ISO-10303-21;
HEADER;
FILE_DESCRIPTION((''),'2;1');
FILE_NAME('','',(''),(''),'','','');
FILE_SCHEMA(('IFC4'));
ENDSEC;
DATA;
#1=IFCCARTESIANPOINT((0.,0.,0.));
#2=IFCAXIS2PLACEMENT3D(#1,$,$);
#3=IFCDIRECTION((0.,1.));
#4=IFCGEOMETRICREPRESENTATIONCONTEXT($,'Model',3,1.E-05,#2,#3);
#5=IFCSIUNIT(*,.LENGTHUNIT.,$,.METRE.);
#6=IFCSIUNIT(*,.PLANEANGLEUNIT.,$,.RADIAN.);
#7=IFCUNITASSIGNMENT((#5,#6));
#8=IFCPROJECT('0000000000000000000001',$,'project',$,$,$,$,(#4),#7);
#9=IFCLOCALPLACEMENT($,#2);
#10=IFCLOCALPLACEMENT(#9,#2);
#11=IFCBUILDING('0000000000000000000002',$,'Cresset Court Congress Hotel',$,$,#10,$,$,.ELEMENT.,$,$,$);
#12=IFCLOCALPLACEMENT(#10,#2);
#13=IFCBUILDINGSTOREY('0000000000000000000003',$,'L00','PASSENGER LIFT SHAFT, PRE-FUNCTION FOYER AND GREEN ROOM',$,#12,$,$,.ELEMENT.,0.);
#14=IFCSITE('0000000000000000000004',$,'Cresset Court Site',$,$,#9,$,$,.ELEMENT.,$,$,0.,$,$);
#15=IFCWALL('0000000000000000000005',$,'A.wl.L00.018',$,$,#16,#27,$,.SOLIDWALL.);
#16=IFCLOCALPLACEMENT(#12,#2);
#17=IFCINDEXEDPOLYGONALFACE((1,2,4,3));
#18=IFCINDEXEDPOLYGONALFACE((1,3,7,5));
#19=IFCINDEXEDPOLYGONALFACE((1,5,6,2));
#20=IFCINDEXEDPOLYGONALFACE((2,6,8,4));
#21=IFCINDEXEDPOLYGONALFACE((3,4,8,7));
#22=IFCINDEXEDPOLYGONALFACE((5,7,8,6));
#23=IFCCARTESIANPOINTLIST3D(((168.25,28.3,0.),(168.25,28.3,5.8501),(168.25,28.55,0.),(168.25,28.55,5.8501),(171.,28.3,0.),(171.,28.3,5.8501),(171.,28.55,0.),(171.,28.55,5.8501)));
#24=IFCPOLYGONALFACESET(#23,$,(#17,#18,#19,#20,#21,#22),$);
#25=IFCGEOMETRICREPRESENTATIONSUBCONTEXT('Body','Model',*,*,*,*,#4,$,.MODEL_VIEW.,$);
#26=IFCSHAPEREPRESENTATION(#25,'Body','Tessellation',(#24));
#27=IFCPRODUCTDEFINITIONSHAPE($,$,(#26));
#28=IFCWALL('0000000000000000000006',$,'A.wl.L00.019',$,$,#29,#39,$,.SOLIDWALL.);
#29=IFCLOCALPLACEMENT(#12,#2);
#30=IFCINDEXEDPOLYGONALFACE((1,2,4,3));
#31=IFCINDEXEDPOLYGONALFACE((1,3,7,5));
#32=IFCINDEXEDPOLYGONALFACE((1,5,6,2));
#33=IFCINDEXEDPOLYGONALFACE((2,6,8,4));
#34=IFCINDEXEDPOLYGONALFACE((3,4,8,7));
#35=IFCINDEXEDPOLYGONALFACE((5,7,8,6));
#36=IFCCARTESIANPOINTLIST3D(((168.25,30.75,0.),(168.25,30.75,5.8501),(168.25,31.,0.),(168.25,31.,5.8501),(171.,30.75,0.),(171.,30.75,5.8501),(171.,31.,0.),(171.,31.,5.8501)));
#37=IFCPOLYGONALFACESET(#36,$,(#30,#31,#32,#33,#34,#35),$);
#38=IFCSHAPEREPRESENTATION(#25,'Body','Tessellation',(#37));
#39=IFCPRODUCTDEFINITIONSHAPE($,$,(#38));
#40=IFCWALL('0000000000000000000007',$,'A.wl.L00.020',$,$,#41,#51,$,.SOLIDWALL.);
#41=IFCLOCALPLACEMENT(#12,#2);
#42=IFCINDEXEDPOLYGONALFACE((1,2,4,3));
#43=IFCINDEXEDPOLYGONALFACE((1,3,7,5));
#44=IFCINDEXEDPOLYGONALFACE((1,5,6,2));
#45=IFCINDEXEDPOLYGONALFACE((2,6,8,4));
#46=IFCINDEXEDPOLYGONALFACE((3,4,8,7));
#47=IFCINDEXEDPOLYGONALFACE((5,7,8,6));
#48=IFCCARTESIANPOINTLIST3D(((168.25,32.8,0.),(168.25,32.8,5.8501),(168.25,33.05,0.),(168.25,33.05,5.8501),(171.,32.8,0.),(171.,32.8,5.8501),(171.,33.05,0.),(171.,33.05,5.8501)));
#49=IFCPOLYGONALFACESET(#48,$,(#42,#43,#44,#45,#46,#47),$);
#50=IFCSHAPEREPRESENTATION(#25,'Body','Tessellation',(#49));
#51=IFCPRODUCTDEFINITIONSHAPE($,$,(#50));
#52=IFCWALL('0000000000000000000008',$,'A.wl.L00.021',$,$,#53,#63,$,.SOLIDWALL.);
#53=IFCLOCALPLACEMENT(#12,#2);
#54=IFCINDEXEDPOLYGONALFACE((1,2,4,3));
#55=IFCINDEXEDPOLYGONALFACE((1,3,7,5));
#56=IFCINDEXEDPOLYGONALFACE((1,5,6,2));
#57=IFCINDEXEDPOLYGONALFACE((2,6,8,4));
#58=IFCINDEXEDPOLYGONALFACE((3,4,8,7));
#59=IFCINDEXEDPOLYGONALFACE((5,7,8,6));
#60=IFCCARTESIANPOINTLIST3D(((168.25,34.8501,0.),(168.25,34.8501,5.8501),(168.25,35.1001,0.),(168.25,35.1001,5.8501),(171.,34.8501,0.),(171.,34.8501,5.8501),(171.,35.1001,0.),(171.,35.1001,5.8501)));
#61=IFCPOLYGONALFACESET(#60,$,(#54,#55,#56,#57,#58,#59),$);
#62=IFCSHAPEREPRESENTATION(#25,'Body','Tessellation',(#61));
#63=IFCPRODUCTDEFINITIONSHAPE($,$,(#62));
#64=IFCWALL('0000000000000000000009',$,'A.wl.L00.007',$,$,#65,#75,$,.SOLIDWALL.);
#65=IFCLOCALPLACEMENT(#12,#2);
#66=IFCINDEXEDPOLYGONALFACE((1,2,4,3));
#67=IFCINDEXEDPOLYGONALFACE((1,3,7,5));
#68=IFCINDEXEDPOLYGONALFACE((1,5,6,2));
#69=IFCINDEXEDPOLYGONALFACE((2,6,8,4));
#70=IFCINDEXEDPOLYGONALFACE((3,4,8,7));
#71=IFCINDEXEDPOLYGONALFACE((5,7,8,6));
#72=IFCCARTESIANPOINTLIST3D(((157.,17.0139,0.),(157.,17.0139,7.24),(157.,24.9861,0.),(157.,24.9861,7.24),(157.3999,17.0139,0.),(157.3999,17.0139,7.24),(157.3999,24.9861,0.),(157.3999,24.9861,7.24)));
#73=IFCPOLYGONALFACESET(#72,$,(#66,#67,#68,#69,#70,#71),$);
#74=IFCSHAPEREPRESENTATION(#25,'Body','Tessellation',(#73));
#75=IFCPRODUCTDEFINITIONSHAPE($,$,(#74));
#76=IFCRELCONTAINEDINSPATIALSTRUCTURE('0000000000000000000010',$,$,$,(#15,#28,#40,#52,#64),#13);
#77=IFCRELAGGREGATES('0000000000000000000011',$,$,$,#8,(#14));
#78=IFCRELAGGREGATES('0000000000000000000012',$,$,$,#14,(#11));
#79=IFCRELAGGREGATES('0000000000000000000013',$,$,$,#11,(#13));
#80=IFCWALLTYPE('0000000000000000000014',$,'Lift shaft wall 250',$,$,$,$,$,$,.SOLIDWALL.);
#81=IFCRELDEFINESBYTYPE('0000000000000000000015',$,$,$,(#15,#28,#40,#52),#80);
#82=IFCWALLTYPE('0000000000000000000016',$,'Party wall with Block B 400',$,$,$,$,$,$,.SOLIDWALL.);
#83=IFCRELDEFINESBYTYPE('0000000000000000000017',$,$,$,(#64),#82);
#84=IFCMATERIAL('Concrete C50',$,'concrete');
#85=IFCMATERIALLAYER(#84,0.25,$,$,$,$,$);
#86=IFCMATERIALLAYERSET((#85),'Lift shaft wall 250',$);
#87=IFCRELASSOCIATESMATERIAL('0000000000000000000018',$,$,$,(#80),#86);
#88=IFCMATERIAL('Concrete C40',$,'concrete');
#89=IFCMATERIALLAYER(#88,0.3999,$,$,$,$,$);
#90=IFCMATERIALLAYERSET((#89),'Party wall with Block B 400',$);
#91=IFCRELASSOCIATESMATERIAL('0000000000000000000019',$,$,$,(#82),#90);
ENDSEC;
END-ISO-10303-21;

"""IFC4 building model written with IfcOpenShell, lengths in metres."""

from ifc_helpers import new_model, si_unit, direction, frame, frame_2d, origin, place, context, subcontext, project, spatial, rectangle, extrude, material, layer, layer_set, type_object, element, save


model = new_model("IFC4")

# Units and contexts
model_context = context("Model", 3, precision=1e-05, world=origin(), true_north=direction((0.0, 1.0)))
body_context = subcontext(model_context, "Body", "Model", "MODEL_VIEW")
ifc_project = project(units=[si_unit("LENGTHUNIT", "METRE"), si_unit("PLANEANGLEUNIT", "RADIAN")], contexts=[model_context])

# Site, building, storey
site_placement = place(None, origin())
site = spatial("IfcSite", under=ifc_project, at=site_placement, Name="Cresset Court Site", CompositionType="ELEMENT", RefElevation=0.0)
building_placement = place(site_placement, origin())
building = spatial("IfcBuilding", under=site, at=building_placement, Name="Cresset Court Congress Hotel", CompositionType="ELEMENT")
storey_placement = place(building_placement, origin())
storey = spatial("IfcBuildingStorey", under=building, at=storey_placement, Name="L00", Description="PASSENGER LIFT SHAFT, PRE-FUNCTION FOYER AND GREEN ROOM", CompositionType="ELEMENT", Elevation=0.0)

# Walls
ifc_material_1 = material(Name="Concrete C50", Category="concrete")
ifc_layer_1 = layer(ifc_material_1, 0.25)
ifc_layer_set_1 = layer_set([ifc_layer_1], Name="Lift shaft wall 250")
wall_type_1 = type_object("IfcWallType", Name="Lift shaft wall 250", PredefinedType="SOLIDWALL", material=ifc_layer_set_1)
for number, where, z_axis, x_axis, name in (
    (1, (168.25, 28.425, 0.0), (0.0, 0.0, 1.0), (1.0, 0.0, 0.0), "A.wl.L00.018"),
    (2, (168.25, 30.875, 0.0), (0.0, 0.0, 1.0), (1.0, 0.0, 0.0), "A.wl.L00.019"),
    (3, (168.25, 32.925, 0.0), (0.0, 0.0, 1.0), (1.0, 0.0, 0.0), "A.wl.L00.020"),
    (4, (168.25, 34.9751, 0.0), (0.0, 0.0, 1.0), (1.0, 0.0, 0.0), "A.wl.L00.021"),
):
    element("IfcWall", number, at=place(storey_placement, frame(where, z_axis=z_axis, x_axis=x_axis)), inside=storey, type_object=wall_type_1, Name=name, PredefinedType="SOLIDWALL", context=body_context, shape_type="SweptSolid", body=[
        extrude(rectangle(XDim=2.75, YDim=0.25, at=frame_2d((1.375, 0.0))), origin(), (0.0, 0.0, 1.0), 5.8501),
    ])
ifc_material_2 = material(Name="Concrete C40", Category="concrete")
ifc_layer_2 = layer(ifc_material_2, 0.3999)
ifc_layer_set_2 = layer_set([ifc_layer_2], Name="Party wall with Block B 400")
wall_type_2 = type_object("IfcWallType", Name="Party wall with Block B 400", PredefinedType="SOLIDWALL", material=ifc_layer_set_2)
wall_1_placement = place(storey_placement, frame((157.2, 17.0139, 0.0), z_axis=(0.0, 0.0, 1.0), x_axis=(0.0, 1.0, 0.0)))
element("IfcWall", 5, at=wall_1_placement, inside=storey, type_object=wall_type_2, Name="A.wl.L00.007", PredefinedType="SOLIDWALL", context=body_context, shape_type="SweptSolid", body=[
    extrude(rectangle(XDim=7.9722, YDim=0.3999, at=frame_2d((3.9861, 0.0))), origin(), (0.0, 0.0, 1.0), 7.24),
])

save(model, "model.ifc")
